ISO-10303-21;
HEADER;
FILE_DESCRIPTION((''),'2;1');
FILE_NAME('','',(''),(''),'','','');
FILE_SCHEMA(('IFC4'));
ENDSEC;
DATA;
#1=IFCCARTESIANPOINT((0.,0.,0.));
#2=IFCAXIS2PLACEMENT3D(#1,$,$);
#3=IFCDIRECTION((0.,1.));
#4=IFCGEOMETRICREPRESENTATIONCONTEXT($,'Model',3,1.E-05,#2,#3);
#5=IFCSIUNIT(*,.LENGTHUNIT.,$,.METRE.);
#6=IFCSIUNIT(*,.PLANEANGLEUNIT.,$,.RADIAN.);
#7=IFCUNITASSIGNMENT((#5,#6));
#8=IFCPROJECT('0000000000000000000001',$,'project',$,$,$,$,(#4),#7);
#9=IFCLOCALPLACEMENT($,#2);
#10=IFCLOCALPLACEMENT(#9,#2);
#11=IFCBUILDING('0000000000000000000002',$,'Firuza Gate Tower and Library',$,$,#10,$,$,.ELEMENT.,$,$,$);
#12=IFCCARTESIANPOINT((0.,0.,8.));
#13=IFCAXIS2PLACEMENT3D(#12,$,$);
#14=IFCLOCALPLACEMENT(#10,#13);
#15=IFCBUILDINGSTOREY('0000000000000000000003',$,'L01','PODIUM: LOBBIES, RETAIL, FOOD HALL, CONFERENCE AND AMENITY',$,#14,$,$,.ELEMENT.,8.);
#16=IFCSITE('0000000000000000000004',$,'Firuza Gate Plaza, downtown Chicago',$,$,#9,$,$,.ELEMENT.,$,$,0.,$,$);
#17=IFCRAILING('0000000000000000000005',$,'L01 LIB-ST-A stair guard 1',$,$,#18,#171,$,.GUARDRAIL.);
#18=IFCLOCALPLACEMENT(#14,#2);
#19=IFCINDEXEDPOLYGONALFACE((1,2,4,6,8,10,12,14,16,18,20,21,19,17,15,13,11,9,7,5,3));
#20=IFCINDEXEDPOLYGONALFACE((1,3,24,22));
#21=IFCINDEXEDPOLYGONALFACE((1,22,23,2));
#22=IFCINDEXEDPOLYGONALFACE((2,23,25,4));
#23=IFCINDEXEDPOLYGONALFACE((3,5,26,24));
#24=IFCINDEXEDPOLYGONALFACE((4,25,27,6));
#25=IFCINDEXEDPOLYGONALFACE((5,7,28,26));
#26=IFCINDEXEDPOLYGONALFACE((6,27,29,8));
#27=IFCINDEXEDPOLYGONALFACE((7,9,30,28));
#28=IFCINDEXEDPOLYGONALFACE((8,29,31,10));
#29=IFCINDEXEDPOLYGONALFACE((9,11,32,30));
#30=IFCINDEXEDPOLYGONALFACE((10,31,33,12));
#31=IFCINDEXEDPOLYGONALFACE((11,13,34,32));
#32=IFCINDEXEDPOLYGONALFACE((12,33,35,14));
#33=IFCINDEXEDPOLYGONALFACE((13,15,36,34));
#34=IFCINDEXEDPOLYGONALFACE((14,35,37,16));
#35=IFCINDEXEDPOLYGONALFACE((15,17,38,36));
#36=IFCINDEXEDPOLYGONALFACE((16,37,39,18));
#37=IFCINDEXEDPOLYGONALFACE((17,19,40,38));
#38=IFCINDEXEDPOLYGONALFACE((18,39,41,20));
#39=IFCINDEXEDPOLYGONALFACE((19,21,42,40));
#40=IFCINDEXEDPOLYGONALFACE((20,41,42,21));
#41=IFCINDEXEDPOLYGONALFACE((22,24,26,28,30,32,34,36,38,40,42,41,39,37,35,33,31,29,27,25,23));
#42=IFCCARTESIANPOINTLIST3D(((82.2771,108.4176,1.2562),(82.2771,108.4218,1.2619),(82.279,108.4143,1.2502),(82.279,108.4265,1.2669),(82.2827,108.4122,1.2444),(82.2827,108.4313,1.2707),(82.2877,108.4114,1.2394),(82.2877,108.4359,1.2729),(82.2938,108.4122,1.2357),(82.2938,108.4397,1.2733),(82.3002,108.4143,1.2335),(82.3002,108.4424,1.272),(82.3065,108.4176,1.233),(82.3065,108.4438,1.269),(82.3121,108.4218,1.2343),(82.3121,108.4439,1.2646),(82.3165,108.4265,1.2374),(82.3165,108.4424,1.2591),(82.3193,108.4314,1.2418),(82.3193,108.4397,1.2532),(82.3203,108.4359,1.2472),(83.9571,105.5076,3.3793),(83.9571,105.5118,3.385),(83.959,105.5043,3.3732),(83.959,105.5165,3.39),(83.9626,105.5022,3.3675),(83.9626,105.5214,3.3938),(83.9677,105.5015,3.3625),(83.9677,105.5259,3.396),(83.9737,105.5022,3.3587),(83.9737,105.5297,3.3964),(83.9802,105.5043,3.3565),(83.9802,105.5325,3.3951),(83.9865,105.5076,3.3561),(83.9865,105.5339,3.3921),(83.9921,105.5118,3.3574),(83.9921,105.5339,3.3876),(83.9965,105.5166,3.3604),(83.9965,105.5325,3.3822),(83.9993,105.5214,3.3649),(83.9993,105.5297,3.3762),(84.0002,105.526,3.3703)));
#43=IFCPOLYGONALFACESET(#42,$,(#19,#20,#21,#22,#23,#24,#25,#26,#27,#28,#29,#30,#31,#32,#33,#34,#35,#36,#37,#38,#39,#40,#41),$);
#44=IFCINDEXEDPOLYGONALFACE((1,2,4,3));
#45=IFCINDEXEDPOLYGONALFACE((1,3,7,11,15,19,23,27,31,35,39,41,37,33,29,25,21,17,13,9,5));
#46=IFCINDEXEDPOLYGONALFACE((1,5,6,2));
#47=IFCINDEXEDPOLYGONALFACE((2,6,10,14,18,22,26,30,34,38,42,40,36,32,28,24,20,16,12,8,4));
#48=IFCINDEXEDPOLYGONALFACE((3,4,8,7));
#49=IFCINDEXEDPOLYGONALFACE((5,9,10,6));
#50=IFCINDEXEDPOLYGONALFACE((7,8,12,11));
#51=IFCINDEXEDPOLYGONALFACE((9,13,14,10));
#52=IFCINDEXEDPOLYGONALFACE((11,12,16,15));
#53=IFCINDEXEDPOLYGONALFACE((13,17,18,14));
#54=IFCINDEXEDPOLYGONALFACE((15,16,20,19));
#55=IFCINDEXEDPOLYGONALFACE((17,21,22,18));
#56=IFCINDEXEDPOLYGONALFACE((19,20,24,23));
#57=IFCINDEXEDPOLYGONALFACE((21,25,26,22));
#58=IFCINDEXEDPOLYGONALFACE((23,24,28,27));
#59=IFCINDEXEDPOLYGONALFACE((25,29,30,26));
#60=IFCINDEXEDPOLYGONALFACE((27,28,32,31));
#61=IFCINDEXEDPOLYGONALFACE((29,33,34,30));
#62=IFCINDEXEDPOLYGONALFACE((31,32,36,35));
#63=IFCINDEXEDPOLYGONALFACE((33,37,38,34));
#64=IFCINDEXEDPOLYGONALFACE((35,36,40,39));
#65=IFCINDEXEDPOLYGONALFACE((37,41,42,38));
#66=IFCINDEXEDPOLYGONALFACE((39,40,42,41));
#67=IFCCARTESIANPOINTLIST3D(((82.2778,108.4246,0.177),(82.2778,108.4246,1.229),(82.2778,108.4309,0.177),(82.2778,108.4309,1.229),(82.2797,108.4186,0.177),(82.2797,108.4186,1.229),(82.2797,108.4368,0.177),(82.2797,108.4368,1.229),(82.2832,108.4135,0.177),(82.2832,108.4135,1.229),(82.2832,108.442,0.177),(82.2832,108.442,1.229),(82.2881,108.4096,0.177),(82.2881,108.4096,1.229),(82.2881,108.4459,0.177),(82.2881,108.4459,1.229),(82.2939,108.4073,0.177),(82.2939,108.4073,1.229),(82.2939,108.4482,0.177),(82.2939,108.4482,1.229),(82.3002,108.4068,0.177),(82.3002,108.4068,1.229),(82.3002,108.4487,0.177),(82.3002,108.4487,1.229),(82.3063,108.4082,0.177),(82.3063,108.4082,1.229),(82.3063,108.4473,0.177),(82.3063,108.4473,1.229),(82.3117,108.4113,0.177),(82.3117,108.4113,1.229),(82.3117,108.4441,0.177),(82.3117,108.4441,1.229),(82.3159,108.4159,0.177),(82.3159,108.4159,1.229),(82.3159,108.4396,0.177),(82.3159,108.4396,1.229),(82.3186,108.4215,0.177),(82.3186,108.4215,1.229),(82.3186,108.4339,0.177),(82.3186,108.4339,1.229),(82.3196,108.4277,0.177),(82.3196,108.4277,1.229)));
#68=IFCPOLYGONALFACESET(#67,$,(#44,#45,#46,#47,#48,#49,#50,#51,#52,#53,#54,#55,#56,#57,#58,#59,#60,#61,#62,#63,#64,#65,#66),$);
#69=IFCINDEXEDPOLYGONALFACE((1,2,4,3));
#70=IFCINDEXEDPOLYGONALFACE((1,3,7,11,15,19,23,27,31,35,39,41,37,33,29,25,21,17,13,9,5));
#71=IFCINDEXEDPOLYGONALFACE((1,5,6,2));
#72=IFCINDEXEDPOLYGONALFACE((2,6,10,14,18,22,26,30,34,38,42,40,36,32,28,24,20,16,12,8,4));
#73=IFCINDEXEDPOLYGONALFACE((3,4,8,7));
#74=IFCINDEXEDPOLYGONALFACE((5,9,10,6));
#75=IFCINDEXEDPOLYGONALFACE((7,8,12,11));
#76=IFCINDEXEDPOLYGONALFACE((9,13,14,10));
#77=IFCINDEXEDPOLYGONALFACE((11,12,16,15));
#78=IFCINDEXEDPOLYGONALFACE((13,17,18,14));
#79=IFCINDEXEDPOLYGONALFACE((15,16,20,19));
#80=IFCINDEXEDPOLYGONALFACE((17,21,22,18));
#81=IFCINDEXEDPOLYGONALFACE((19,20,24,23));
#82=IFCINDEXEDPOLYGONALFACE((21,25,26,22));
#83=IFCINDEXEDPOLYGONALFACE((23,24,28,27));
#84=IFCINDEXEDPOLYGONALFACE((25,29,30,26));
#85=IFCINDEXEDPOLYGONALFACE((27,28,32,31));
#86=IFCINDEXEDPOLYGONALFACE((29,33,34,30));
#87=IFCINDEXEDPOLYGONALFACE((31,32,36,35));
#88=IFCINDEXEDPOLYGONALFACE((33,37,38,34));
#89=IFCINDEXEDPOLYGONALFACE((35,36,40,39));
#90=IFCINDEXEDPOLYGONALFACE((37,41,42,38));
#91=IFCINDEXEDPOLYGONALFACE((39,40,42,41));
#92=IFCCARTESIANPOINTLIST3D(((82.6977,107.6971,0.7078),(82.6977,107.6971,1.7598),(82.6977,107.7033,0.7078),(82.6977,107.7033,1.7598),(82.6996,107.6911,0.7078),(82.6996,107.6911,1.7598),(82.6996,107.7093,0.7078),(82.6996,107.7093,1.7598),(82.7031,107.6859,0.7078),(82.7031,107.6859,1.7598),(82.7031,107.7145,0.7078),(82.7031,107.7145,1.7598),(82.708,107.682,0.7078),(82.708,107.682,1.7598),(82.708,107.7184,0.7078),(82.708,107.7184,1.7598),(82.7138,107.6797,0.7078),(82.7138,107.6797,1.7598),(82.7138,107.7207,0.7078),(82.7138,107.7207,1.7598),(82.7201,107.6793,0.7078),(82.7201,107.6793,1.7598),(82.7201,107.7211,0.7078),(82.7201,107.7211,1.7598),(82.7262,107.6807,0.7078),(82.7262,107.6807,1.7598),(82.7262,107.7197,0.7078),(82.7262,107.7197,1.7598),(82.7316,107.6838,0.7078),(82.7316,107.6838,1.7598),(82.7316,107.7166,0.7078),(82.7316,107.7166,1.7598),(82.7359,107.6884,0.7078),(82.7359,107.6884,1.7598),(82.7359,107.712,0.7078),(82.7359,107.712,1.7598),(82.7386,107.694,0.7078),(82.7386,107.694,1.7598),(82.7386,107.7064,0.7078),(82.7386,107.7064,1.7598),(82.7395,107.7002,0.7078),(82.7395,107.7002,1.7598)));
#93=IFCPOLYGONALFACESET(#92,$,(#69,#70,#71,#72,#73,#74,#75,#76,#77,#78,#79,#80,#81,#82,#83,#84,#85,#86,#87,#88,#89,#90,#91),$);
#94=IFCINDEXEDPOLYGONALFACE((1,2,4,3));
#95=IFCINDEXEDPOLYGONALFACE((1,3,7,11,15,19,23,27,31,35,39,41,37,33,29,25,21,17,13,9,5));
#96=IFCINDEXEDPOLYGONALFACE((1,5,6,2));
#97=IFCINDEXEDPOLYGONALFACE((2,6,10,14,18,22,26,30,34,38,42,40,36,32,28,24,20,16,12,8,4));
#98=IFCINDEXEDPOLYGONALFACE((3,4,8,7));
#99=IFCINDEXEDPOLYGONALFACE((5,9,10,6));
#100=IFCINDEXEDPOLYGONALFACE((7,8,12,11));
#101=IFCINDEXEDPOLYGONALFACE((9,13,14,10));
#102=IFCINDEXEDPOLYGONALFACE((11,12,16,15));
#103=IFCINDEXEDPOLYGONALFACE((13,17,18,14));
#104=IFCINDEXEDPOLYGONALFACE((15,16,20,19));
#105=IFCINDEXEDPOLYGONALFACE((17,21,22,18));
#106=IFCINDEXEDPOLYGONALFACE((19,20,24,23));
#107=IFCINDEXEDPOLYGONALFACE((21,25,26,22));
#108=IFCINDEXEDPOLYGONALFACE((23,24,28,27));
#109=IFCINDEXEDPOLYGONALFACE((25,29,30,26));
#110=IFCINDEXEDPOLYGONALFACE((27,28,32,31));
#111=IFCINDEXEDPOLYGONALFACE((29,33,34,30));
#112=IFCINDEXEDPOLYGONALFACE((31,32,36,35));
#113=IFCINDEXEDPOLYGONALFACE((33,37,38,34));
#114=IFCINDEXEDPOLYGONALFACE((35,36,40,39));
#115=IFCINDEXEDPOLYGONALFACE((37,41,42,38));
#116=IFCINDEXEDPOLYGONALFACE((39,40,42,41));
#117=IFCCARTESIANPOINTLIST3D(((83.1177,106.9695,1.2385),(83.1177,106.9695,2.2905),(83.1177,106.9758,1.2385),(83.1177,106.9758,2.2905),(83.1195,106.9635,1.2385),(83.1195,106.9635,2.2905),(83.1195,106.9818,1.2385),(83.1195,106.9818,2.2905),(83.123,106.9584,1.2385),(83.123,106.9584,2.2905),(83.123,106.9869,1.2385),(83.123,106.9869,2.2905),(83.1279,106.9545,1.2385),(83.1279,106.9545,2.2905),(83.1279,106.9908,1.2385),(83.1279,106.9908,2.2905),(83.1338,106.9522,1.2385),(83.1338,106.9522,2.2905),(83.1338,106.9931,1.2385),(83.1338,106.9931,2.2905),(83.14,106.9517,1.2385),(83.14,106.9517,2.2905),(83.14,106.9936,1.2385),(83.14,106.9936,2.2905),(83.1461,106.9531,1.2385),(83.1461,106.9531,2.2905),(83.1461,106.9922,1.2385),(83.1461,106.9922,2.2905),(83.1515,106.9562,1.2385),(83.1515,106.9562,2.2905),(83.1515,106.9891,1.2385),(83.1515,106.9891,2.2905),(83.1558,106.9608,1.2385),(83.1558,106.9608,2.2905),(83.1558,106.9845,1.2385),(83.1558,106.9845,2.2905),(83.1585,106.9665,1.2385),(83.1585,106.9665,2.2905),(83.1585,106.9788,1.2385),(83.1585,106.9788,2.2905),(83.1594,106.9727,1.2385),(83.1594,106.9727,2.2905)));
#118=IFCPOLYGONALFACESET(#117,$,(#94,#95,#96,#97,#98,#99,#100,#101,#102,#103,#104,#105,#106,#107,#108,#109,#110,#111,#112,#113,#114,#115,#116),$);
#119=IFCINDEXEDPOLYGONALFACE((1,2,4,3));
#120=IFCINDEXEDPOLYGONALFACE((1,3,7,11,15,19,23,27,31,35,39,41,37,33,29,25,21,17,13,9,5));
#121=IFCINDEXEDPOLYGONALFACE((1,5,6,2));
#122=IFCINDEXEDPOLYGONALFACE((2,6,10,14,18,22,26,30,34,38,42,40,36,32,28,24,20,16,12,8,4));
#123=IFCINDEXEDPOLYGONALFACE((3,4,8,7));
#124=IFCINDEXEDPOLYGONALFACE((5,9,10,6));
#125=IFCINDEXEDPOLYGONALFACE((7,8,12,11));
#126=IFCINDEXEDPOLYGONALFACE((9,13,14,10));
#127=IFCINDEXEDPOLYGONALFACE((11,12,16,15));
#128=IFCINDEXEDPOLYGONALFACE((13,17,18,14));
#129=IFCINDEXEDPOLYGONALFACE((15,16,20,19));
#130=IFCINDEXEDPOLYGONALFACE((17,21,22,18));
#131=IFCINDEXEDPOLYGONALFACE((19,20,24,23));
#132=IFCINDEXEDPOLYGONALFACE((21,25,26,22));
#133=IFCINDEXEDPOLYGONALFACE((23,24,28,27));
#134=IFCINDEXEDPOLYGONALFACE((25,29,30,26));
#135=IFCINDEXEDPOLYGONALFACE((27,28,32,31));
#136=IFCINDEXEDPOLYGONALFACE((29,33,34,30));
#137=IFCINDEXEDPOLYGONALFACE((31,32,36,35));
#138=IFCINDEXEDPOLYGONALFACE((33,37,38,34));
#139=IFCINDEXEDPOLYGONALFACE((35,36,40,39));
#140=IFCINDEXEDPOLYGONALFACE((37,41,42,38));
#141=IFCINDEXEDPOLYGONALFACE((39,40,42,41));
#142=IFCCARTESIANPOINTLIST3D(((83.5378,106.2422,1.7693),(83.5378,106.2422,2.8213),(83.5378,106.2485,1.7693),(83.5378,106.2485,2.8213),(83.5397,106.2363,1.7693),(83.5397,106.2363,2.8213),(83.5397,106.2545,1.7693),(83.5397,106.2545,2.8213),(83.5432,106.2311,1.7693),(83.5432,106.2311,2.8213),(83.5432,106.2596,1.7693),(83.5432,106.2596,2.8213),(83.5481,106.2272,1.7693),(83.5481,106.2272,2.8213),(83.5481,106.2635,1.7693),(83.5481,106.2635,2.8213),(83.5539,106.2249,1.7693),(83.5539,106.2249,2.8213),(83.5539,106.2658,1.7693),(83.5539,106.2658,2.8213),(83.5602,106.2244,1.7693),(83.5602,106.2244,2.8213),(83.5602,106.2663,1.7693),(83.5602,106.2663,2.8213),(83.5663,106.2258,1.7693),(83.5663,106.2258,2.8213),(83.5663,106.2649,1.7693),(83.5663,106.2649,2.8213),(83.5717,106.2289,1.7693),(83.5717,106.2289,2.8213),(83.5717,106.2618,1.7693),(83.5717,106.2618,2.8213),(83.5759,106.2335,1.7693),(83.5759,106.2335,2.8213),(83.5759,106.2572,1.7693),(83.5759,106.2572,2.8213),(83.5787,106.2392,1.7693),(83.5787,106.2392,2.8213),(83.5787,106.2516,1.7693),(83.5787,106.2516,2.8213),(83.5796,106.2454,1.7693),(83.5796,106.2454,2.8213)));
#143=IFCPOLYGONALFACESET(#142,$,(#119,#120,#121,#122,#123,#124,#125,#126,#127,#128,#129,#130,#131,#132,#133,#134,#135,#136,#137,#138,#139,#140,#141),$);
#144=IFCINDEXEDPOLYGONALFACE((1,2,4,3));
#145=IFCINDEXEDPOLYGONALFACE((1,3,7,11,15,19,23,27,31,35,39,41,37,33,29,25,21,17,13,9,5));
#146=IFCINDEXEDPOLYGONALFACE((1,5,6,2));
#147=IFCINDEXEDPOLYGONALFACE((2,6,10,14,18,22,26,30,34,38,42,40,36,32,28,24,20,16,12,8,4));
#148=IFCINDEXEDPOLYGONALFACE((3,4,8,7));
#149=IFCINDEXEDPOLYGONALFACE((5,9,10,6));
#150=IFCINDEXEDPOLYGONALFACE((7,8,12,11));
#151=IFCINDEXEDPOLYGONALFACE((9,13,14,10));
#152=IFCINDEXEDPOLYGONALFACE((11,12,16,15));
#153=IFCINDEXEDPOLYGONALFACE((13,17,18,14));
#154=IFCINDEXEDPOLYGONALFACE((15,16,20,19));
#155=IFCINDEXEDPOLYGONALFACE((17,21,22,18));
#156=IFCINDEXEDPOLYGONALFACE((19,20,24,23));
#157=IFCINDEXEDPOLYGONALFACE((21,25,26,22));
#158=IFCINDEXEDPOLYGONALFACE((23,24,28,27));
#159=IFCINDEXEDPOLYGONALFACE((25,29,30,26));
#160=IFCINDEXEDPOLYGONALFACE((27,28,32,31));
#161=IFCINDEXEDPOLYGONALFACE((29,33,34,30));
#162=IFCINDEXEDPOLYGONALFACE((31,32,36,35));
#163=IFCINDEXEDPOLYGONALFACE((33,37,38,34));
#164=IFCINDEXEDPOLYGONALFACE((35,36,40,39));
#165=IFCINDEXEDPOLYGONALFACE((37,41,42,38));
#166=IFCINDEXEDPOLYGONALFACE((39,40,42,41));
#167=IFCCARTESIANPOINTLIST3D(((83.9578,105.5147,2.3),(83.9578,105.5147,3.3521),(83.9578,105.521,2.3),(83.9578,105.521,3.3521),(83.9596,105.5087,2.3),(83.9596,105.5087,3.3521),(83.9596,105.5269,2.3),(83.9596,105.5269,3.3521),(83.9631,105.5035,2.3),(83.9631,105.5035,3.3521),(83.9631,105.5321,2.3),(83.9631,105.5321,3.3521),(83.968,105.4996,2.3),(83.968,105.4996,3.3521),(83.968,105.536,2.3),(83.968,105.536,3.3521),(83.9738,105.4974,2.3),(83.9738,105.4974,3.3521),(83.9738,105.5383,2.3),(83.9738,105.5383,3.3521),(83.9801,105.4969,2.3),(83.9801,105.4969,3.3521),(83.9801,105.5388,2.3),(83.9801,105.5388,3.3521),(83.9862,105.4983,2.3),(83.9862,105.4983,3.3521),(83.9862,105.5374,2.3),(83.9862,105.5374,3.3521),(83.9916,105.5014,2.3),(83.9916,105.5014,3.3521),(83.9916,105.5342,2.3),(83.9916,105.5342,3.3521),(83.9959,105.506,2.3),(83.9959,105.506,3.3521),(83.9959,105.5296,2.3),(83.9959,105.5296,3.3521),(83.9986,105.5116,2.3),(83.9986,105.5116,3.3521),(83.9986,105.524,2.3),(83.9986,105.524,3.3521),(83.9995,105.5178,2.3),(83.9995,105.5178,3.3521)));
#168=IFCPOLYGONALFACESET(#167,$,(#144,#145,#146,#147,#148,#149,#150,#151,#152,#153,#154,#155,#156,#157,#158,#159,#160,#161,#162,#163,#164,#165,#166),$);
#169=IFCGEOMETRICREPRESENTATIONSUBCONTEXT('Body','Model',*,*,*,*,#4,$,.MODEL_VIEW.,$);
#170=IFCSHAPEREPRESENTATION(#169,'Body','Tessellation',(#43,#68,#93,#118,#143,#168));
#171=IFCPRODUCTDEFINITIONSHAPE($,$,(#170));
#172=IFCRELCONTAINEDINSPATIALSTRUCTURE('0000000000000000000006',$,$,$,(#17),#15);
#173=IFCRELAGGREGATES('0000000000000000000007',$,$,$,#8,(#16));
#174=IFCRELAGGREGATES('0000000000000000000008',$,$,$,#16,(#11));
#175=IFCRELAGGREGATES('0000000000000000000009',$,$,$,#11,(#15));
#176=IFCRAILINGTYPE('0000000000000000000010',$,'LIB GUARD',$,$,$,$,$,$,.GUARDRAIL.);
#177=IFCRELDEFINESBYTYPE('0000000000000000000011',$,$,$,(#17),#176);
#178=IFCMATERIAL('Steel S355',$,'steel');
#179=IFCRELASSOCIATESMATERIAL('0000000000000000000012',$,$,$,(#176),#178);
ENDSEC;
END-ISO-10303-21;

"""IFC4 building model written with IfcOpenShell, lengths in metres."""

from ifc_helpers import new_model, si_unit, direction, frame, origin, origin_2d, place, context, subcontext, project, spatial, circle, extrude, material, type_object, element, save


model = new_model("IFC4")

# Units and contexts
model_context = context("Model", 3, precision=1e-05, world=origin(), true_north=direction((0.0, 1.0)))
body_context = subcontext(model_context, "Body", "Model", "MODEL_VIEW")
ifc_project = project(units=[si_unit("LENGTHUNIT", "METRE"), si_unit("PLANEANGLEUNIT", "RADIAN")], contexts=[model_context])

# Site, building, storey
site_placement = place(None, origin())
site = spatial("IfcSite", under=ifc_project, at=site_placement, Name="Firuza Gate Plaza, downtown Chicago", CompositionType="ELEMENT", RefElevation=0.0)
building_placement = place(site_placement, origin())
building = spatial("IfcBuilding", under=site, at=building_placement, Name="Firuza Gate Tower and Library", CompositionType="ELEMENT")
storey_placement = place(building_placement, frame((0.0, 0.0, 8.0)))
storey = spatial("IfcBuildingStorey", under=building, at=storey_placement, Name="L01", Description="PODIUM: LOBBIES, RETAIL, FOOD HALL, CONFERENCE AND AMENITY", CompositionType="ELEMENT", Elevation=8.0)

# Railing
ifc_material_1 = material(Name="Steel S355", Category="steel")
railing_type_1 = type_object("IfcRailingType", Name="LIB GUARD", PredefinedType="GUARDRAIL", material=ifc_material_1)
railing_1_placement = place(storey_placement, frame((82.2986, 108.4277, 0.177)))
element("IfcRailing", 1, at=railing_1_placement, inside=storey, type_object=railing_type_1, Name="L01 LIB-ST-A stair guard 1", PredefinedType="GUARDRAIL", context=body_context, shape_type="SweptSolid", body=[
    extrude(circle(Radius=0.0239, at=origin_2d()), frame((0.0, 0.0, 1.0762), z_axis=(0.422672, -0.732135, 0.53416), x_axis=(0.866039, 0.499976, 0.0)), (0.0, 0.0, 1.0), 3.9746),
    extrude(circle(Radius=0.021, at=origin_2d()), origin(), (0.0, 0.0, 1.0), 1.052),
    extrude(circle(Radius=0.021, at=origin_2d()), frame((0.4199, -0.7275, 0.5308)), (0.0, 0.0, 1.0), 1.052),
    extrude(circle(Radius=0.021, at=origin_2d()), frame((0.8398, -1.4551, 1.0615)), (0.0, 0.0, 1.0), 1.052),
    extrude(circle(Radius=0.021, at=origin_2d()), frame((1.26, -2.1824, 1.5923)), (0.0, 0.0, 1.0), 1.052),
    extrude(circle(Radius=0.021, at=origin_2d()), frame((1.6799, -2.9099, 2.123)), (0.0, 0.0, 1.0), 1.052),
])

save(model, "model.ifc")
